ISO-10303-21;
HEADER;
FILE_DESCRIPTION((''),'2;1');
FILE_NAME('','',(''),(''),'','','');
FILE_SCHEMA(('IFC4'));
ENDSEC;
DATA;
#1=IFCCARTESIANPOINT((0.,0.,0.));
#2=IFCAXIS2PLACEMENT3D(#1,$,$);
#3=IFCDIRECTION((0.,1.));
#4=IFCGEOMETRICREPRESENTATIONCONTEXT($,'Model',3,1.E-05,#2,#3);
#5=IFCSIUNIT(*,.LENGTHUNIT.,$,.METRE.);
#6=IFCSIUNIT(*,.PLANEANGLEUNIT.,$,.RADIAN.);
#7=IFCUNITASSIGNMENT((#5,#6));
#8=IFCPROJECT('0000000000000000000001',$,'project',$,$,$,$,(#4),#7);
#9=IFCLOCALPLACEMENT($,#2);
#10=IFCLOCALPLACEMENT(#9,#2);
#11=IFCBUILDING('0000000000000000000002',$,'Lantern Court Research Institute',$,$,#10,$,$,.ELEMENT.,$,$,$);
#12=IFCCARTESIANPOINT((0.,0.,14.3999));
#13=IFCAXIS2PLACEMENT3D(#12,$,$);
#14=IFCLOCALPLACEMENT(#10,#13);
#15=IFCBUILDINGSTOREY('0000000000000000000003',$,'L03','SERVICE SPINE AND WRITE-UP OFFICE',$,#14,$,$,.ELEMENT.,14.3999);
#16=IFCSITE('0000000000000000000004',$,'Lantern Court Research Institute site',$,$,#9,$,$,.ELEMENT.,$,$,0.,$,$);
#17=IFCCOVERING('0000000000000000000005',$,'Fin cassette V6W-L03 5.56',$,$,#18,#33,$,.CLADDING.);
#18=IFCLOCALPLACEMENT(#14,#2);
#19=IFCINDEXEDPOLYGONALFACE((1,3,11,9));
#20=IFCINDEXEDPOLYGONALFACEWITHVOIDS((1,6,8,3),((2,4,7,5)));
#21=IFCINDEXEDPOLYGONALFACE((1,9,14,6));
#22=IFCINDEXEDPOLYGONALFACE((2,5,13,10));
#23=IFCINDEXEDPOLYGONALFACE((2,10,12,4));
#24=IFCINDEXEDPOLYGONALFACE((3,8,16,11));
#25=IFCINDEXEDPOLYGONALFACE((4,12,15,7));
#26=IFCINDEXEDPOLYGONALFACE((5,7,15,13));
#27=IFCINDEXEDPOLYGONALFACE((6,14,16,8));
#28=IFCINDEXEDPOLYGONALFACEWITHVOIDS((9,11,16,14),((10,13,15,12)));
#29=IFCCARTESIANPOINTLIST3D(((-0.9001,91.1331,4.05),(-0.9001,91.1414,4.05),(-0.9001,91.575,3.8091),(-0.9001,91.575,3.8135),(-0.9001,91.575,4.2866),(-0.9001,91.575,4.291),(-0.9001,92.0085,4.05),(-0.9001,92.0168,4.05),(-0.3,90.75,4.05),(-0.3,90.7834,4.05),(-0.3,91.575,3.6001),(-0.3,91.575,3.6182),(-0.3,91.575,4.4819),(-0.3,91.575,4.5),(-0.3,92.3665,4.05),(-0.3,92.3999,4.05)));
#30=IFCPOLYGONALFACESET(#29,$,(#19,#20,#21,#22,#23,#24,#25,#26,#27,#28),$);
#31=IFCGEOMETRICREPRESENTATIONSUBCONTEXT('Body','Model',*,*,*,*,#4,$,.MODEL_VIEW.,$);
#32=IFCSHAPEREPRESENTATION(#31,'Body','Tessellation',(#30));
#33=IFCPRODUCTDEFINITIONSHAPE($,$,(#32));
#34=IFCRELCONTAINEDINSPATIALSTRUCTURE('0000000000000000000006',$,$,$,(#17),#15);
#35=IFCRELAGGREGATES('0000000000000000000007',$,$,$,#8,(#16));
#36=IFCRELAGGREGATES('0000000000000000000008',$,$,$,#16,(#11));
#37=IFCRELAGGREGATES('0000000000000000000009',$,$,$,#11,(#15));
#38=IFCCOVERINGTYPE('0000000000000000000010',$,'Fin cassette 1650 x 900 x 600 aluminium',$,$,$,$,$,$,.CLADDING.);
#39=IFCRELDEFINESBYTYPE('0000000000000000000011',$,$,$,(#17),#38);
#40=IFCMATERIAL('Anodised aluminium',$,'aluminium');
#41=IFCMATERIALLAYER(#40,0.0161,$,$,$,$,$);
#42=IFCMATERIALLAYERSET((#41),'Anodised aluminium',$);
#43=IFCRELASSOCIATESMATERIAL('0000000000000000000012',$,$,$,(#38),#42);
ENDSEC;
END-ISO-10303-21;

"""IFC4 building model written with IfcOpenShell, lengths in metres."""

from ifc_helpers import new_model, entity, si_unit, direction, frame, origin, place, context, subcontext, project, spatial, material, layer, layer_set, type_object, element, save


model = new_model("IFC4")

# Units and contexts
model_context = context("Model", 3, precision=1e-05, world=origin(), true_north=direction((0.0, 1.0)))
body_context = subcontext(model_context, "Body", "Model", "MODEL_VIEW")
ifc_project = project(units=[si_unit("LENGTHUNIT", "METRE"), si_unit("PLANEANGLEUNIT", "RADIAN")], contexts=[model_context])

# Site, building, storey
site_placement = place(None, origin())
site = spatial("IfcSite", under=ifc_project, at=site_placement, Name="Lantern Court Research Institute site", CompositionType="ELEMENT", RefElevation=0.0)
building_placement = place(site_placement, origin())
building = spatial("IfcBuilding", under=site, at=building_placement, Name="Lantern Court Research Institute", CompositionType="ELEMENT")
storey_placement = place(building_placement, frame((0.0, 0.0, 14.3999)))
storey = spatial("IfcBuildingStorey", under=building, at=storey_placement, Name="L03", Description="SERVICE SPINE AND WRITE-UP OFFICE", CompositionType="ELEMENT", Elevation=14.3999)

# Covering
ifc_material_1 = material(Name="Anodised aluminium", Category="aluminium")
ifc_layer_1 = layer(ifc_material_1, 0.0161)
ifc_layer_set_1 = layer_set([ifc_layer_1], Name="Anodised aluminium")
covering_type_1 = type_object("IfcCoveringType", Name="Fin cassette 1650 x 900 x 600 aluminium", PredefinedType="CLADDING", material=ifc_layer_set_1)
covering_1_placement = place(storey_placement, frame((-0.3, 91.575, 4.05), z_axis=(-1.0, 0.0, 0.0), x_axis=(0.0, -1.0, 0.0)))
cartesian_point_1 = entity("IfcCartesianPoint", [0.825, 0.0])
cartesian_point_2 = entity("IfcCartesianPoint", [0.7915, 0.0])
cartesian_point_3 = entity("IfcCartesianPoint", [0.4419, 0.0])
cartesian_point_4 = entity("IfcCartesianPoint", [0.4336, 0.0])
element("IfcCovering", 1, at=covering_1_placement, inside=storey, type_object=covering_type_1, Name="Fin cassette V6W-L03 5.56", PredefinedType="CLADDING", context=body_context, shape_type="SweptSolid", body=[
    entity("IfcExtrudedAreaSolidTapered", entity("IfcArbitraryProfileDefWithVoids", "AREA", None, entity("IfcPolyline", [cartesian_point_1, entity("IfcCartesianPoint", [0.0, 0.45]), entity("IfcCartesianPoint", [-0.825, 0.0]), entity("IfcCartesianPoint", [0.0, -0.45]), cartesian_point_1]), [entity("IfcPolyline", [cartesian_point_2, entity("IfcCartesianPoint", [0.0, 0.4319]), entity("IfcCartesianPoint", [-0.7915, 0.0]), entity("IfcCartesianPoint", [0.0, -0.4319]), cartesian_point_2])]), entity("IfcAxis2Placement3D", entity("IfcCartesianPoint", [0.0, 0.0, 0.0])), entity("IfcDirection", [0.0, 0.0, 1.0]), 0.6001, entity("IfcArbitraryProfileDefWithVoids", "AREA", None, entity("IfcPolyline", [cartesian_point_3, entity("IfcCartesianPoint", [0.0, 0.241]), entity("IfcCartesianPoint", [-0.4419, 0.0]), entity("IfcCartesianPoint", [0.0, -0.241]), cartesian_point_3]), [entity("IfcPolyline", [cartesian_point_4, entity("IfcCartesianPoint", [0.0, 0.2366]), entity("IfcCartesianPoint", [-0.4336, 0.0]), entity("IfcCartesianPoint", [0.0, -0.2366]), cartesian_point_4])])),
])

save(model, "model.ifc")
